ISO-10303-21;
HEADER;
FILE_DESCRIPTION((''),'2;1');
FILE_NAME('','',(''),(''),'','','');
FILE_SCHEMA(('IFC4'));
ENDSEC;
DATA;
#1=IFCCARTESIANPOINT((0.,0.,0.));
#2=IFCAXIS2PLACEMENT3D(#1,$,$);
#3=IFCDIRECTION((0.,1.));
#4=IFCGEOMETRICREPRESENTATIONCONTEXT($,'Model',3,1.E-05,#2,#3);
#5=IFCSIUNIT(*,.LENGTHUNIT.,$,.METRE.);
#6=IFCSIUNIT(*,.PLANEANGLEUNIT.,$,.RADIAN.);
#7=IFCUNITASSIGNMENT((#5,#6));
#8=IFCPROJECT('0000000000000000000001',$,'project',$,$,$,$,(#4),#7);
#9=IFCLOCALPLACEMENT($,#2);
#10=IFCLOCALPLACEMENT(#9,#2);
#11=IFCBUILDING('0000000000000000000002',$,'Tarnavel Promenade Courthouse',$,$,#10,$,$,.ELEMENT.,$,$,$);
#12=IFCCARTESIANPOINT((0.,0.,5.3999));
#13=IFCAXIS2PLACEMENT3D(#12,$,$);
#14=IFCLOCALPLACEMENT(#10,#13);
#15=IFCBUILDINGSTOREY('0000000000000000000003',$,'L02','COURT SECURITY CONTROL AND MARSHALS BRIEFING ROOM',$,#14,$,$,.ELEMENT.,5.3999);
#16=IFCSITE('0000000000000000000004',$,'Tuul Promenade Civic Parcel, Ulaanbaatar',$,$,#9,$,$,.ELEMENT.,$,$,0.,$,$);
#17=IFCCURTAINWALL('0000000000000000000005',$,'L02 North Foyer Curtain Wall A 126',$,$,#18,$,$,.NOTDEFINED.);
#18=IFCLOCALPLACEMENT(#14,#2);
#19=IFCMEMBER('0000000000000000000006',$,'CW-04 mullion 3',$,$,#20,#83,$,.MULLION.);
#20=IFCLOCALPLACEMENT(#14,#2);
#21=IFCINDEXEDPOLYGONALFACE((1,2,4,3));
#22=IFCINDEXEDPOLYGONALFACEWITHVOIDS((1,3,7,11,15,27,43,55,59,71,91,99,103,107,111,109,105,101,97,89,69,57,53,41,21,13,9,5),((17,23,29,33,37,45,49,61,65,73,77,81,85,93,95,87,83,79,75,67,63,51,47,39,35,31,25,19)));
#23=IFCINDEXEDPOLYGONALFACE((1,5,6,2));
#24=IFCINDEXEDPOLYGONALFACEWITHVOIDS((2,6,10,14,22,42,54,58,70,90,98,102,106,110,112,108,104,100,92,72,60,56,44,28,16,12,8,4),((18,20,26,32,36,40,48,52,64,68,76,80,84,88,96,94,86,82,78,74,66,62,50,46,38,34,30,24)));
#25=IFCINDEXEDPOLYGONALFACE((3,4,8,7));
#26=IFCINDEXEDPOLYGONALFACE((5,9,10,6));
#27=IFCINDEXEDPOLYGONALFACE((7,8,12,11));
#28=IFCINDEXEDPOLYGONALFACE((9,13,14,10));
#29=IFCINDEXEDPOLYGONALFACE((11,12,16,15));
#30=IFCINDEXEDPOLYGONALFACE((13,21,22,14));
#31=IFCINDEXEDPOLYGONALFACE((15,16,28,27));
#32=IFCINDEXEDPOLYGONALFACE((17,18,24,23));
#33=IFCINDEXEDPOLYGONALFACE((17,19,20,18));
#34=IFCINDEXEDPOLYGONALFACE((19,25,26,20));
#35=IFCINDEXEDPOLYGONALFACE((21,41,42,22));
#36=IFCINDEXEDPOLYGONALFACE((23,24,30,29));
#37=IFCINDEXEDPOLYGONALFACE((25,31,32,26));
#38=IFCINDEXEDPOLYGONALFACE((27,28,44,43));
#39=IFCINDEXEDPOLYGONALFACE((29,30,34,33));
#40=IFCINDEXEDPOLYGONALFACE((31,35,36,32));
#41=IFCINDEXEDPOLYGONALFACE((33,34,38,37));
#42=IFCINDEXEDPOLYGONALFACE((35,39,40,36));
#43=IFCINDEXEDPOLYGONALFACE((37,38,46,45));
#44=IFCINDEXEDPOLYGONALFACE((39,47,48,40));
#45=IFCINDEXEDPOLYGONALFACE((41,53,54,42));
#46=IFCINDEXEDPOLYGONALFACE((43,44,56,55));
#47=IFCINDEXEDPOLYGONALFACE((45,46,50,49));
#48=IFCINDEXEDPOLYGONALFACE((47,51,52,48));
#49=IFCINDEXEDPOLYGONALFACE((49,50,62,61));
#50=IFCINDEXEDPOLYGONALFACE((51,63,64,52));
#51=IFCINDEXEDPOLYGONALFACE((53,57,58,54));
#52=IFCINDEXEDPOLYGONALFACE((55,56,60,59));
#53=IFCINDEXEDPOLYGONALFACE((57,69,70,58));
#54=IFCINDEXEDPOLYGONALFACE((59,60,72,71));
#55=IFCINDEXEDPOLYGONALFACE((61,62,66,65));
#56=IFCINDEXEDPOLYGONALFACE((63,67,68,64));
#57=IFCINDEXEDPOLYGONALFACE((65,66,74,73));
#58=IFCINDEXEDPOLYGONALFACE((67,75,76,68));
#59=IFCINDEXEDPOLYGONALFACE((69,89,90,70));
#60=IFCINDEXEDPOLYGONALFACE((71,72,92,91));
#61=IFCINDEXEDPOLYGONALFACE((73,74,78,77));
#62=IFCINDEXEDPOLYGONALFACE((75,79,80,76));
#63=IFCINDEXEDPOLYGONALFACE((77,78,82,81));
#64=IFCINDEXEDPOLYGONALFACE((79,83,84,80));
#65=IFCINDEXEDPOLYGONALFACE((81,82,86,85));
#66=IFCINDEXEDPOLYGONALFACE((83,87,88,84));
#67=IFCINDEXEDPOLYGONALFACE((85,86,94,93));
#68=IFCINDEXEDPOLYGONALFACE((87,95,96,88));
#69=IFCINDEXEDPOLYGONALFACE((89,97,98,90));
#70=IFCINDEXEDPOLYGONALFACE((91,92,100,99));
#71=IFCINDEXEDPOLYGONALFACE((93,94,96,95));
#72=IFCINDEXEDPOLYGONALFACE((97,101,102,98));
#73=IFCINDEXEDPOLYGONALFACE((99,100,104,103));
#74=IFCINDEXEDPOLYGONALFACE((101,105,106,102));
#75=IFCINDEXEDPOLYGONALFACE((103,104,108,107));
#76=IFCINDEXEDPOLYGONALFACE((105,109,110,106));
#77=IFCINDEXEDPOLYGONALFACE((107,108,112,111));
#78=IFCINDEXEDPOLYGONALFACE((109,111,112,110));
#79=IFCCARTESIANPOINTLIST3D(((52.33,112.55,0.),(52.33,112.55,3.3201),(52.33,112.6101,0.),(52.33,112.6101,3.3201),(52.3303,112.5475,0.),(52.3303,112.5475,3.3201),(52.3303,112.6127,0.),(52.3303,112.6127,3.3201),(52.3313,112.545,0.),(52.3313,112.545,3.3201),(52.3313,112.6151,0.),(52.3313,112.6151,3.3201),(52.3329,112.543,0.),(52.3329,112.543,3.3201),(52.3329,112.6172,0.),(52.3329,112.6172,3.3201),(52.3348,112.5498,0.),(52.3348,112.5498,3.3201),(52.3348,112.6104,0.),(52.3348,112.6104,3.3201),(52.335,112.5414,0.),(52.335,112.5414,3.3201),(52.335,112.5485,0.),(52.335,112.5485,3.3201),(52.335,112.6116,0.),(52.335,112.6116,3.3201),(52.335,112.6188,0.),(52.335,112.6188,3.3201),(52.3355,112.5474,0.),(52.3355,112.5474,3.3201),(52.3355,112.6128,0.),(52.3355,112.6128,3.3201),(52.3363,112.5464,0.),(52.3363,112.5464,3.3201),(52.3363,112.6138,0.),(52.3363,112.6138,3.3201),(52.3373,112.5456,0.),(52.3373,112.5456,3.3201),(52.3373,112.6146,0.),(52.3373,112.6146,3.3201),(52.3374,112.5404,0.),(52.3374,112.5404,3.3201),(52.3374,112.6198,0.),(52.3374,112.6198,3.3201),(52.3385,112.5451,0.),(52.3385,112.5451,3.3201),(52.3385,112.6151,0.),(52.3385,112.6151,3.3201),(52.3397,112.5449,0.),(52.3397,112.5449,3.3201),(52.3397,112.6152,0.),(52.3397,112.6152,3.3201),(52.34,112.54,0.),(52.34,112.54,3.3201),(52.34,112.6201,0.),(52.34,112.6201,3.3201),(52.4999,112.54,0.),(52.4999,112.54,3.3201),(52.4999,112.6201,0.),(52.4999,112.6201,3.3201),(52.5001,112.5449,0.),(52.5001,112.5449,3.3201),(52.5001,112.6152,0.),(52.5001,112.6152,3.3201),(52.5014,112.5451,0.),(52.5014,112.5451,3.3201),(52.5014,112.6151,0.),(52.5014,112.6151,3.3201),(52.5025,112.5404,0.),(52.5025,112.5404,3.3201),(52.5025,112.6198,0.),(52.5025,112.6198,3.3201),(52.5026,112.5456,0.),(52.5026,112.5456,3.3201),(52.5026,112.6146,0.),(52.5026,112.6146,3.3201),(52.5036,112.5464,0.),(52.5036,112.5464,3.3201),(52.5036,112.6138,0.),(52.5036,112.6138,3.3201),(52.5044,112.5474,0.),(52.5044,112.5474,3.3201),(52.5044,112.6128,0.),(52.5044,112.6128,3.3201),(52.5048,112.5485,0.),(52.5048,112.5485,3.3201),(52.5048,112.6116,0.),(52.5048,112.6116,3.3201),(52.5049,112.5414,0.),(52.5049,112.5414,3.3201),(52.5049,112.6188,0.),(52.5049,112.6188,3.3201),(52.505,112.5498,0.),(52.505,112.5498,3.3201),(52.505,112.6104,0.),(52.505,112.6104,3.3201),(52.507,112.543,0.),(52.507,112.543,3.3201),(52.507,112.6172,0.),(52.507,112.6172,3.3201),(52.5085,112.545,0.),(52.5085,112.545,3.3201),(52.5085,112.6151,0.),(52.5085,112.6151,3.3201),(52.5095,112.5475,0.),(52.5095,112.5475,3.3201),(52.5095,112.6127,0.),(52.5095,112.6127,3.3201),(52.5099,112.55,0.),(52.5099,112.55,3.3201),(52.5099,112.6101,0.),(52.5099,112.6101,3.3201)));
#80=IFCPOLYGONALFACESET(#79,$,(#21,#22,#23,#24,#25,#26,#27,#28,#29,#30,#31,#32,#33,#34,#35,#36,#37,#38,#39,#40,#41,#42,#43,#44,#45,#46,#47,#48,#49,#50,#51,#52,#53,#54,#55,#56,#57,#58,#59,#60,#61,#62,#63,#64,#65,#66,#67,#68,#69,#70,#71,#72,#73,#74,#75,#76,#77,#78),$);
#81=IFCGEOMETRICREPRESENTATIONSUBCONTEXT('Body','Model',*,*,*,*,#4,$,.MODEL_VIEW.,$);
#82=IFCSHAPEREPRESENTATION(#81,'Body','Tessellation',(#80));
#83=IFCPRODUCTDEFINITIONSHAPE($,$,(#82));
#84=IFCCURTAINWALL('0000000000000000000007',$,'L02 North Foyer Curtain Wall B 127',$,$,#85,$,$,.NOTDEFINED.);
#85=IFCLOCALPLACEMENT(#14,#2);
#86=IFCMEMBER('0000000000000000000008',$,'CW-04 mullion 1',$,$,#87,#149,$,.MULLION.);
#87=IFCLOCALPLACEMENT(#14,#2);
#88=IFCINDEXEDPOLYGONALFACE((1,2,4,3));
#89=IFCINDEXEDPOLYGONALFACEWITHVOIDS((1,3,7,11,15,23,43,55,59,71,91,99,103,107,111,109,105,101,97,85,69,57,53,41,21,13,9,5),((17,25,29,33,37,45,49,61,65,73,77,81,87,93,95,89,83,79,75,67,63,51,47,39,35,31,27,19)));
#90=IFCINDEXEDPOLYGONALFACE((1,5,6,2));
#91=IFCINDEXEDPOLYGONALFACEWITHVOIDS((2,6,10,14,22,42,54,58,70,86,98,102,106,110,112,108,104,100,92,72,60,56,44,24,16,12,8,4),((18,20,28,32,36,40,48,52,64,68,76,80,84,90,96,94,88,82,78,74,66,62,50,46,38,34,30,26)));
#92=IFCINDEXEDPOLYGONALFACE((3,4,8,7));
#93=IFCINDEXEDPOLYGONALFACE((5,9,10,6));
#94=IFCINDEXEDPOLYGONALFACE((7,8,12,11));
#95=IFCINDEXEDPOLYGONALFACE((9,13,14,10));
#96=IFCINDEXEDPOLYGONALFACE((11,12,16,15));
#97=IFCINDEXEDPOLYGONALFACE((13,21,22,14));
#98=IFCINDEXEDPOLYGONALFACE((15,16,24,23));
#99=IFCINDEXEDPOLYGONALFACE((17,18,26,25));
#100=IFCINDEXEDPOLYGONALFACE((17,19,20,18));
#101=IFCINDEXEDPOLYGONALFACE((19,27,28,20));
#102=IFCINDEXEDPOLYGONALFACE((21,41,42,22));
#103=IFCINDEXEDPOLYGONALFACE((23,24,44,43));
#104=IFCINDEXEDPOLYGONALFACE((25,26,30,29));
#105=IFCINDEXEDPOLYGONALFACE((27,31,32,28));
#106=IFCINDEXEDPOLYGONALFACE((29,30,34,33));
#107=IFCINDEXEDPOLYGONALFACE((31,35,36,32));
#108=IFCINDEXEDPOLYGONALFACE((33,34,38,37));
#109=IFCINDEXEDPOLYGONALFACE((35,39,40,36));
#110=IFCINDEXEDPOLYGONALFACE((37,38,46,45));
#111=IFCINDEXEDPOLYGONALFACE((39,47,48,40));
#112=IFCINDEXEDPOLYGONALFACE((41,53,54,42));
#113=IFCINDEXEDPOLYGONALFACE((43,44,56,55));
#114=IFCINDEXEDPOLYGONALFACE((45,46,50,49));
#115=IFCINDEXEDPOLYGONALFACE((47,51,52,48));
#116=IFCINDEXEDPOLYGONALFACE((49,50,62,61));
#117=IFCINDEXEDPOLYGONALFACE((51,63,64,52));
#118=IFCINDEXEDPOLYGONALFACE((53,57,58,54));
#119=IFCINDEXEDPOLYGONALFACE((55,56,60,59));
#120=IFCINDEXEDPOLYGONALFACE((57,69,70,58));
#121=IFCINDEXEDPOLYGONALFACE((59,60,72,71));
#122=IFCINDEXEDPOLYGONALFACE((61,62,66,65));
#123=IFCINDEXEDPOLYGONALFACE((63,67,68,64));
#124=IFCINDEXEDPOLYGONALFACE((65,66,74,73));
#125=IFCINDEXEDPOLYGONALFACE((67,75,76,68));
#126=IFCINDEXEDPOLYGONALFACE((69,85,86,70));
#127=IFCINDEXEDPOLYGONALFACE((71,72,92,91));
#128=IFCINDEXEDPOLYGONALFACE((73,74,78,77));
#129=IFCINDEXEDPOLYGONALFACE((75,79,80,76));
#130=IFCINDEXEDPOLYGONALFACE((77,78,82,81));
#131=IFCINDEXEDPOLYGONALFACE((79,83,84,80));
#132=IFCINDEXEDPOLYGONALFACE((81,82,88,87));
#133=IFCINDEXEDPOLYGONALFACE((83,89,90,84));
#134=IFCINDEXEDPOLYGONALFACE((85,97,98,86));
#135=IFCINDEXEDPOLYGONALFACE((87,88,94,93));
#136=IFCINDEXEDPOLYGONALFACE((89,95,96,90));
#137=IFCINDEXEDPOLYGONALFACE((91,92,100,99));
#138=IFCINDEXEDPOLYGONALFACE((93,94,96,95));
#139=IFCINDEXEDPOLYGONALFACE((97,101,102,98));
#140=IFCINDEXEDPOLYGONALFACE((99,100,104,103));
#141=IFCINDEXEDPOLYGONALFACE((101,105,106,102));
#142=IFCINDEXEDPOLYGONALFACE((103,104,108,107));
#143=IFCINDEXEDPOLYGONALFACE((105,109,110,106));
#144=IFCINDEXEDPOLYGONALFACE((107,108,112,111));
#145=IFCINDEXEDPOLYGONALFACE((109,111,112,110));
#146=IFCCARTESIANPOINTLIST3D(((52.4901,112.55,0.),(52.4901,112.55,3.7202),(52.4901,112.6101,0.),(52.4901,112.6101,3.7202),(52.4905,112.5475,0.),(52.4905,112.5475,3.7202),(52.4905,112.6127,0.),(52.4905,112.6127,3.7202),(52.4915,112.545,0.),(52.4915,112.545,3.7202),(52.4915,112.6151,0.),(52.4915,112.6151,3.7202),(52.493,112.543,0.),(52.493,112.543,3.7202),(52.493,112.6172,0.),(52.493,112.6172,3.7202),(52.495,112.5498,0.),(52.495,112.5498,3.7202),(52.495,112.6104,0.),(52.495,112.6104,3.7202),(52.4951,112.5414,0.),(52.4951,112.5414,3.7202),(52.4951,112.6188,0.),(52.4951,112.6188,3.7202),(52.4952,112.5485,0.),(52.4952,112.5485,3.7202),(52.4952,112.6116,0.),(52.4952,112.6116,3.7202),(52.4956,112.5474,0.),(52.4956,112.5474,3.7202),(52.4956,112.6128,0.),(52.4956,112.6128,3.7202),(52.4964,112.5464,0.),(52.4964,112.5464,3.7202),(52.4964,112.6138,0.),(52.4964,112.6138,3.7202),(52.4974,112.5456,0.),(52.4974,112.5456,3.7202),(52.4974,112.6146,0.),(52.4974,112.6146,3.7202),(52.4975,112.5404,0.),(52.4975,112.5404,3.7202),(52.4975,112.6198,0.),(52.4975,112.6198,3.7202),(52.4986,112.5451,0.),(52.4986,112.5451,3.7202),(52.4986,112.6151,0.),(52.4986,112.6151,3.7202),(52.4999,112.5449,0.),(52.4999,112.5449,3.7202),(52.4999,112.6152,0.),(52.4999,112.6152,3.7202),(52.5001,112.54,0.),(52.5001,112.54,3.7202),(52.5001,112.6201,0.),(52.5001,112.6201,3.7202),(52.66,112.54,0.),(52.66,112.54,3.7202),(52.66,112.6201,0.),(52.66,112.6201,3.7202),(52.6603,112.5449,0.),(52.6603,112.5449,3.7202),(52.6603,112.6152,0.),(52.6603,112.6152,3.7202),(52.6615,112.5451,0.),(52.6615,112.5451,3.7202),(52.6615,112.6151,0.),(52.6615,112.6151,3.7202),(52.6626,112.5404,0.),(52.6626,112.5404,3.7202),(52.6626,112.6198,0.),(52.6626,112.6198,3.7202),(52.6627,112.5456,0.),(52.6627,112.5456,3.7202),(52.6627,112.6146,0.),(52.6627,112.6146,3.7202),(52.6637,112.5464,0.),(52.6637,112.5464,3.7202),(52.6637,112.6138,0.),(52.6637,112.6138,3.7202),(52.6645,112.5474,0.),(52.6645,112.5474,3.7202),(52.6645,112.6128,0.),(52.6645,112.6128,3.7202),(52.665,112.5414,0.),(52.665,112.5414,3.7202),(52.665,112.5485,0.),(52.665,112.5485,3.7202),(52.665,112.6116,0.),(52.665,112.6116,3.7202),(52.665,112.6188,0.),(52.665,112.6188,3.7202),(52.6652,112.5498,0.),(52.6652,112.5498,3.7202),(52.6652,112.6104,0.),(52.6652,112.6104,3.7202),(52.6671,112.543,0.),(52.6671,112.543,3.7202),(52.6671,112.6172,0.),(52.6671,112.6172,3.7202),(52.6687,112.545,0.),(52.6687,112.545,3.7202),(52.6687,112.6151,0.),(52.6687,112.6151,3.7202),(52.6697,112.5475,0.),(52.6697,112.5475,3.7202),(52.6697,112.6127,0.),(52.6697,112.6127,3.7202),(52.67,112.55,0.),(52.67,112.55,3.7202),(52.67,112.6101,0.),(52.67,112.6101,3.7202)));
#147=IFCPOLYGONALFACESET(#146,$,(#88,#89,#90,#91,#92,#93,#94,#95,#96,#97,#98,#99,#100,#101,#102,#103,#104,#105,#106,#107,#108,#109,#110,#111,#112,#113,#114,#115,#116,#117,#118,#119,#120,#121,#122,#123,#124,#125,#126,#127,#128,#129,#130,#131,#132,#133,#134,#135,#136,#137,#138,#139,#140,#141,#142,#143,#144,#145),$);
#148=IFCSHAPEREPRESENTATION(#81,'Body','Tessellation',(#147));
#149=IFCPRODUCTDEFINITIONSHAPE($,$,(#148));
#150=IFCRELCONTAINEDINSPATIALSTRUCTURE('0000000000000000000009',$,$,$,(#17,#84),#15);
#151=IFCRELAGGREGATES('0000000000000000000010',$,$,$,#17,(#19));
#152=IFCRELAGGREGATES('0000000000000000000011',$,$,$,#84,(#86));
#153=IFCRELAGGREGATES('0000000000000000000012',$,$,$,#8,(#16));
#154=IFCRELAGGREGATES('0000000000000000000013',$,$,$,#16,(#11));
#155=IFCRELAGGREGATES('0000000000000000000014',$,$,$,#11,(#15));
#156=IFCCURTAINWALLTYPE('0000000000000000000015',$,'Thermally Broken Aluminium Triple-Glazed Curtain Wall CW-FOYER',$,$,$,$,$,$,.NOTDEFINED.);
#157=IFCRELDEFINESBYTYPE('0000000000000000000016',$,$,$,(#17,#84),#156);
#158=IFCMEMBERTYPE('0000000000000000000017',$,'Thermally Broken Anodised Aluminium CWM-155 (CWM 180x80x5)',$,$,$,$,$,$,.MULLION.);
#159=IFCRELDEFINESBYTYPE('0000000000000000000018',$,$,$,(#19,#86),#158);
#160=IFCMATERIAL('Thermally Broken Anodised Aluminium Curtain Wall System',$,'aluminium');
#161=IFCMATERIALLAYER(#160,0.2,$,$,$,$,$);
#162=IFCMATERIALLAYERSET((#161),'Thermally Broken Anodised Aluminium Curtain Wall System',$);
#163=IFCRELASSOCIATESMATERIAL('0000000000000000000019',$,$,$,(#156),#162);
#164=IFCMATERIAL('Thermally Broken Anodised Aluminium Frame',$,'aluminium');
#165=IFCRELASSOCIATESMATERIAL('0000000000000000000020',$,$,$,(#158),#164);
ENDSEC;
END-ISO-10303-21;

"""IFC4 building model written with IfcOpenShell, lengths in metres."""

from ifc_helpers import new_model, si_unit, direction, frame, origin, origin_2d, place, context, subcontext, project, spatial, hollow_rectangle, extrude, material, layer, layer_set, material_profile, profile_set, type_object, element, aggregate, save


model = new_model("IFC4")

# Units and contexts
model_context = context("Model", 3, precision=1e-05, world=origin(), true_north=direction((0.0, 1.0)))
body_context = subcontext(model_context, "Body", "Model", "MODEL_VIEW")
ifc_project = project(units=[si_unit("LENGTHUNIT", "METRE"), si_unit("PLANEANGLEUNIT", "RADIAN")], contexts=[model_context])

# Site, building, storey
site_placement = place(None, origin())
site = spatial("IfcSite", under=ifc_project, at=site_placement, Name="Tuul Promenade Civic Parcel, Ulaanbaatar", CompositionType="ELEMENT", RefElevation=0.0)
building_placement = place(site_placement, origin())
building = spatial("IfcBuilding", under=site, at=building_placement, Name="Tarnavel Promenade Courthouse", CompositionType="ELEMENT")
storey_placement = place(building_placement, frame((0.0, 0.0, 5.3999)))
storey = spatial("IfcBuildingStorey", under=building, at=storey_placement, Name="L02", Description="COURT SECURITY CONTROL AND MARSHALS BRIEFING ROOM", CompositionType="ELEMENT", Elevation=5.3999)

# Curtain walls, members
ifc_material_1 = material(Name="Thermally Broken Anodised Aluminium Curtain Wall System", Category="aluminium")
ifc_layer_1 = layer(ifc_material_1, 0.2)
ifc_layer_set_1 = layer_set([ifc_layer_1], Name="Thermally Broken Anodised Aluminium Curtain Wall System")
curtain_wall_type = type_object("IfcCurtainWallType", Name="Thermally Broken Aluminium Triple-Glazed Curtain Wall CW-FOYER", PredefinedType="NOTDEFINED", material=ifc_layer_set_1)
curtain_wall_1_placement = place(storey_placement, origin())
curtain_wall_1 = element("IfcCurtainWall", 1, at=curtain_wall_1_placement, inside=storey, type_object=curtain_wall_type, Name="L02 North Foyer Curtain Wall A 126", PredefinedType="NOTDEFINED")
ifc_material_2 = material(Name="Thermally Broken Anodised Aluminium Frame", Category="aluminium")
ifc_material_profile_1 = material_profile(ifc_material_2, hollow_rectangle(XDim=0.0801, YDim=0.1799, WallThickness=0.0049, InnerFilletRadius=0.0049, OuterFilletRadius=0.01, at=origin_2d()), Name="CWM 180x80x5")
ifc_profile_set_1 = profile_set([ifc_material_profile_1], Name="Thermally Broken Anodised Aluminium Frame")
member_type_1 = type_object("IfcMemberType", Name="Thermally Broken Anodised Aluminium CWM-155 (CWM 180x80x5)", PredefinedType="MULLION", material=ifc_profile_set_1)
member_1_placement = place(storey_placement, frame((52.4199, 112.5801, 0.0), z_axis=(0.0, 0.0, 1.0), x_axis=(0.0, 1.0, 0.0)))
member_1 = element("IfcMember", 2, at=member_1_placement, type_object=member_type_1, Name="CW-04 mullion 3", PredefinedType="MULLION", context=body_context, shape_type="SweptSolid", body=[
    extrude(hollow_rectangle(XDim=0.0801, YDim=0.1799, WallThickness=0.0049, InnerFilletRadius=0.0049, OuterFilletRadius=0.01, at=origin_2d()), origin(), (0.0, 0.0, 1.0), 3.3201),
])
curtain_wall_2_placement = place(storey_placement, origin())
curtain_wall_2 = element("IfcCurtainWall", 3, at=curtain_wall_2_placement, inside=storey, type_object=curtain_wall_type, Name="L02 North Foyer Curtain Wall B 127", PredefinedType="NOTDEFINED")
member_2_placement = place(storey_placement, frame((52.5801, 112.5801, 0.0), z_axis=(0.0, 0.0, 1.0), x_axis=(0.0, 1.0, 0.0)))
member_2 = element("IfcMember", 4, at=member_2_placement, type_object=member_type_1, Name="CW-04 mullion 1", PredefinedType="MULLION", context=body_context, shape_type="SweptSolid", body=[
    extrude(hollow_rectangle(XDim=0.0801, YDim=0.1799, WallThickness=0.0049, InnerFilletRadius=0.0049, OuterFilletRadius=0.01, at=origin_2d()), origin(), (0.0, 0.0, 1.0), 3.7202),
])

aggregate(curtain_wall_1, [member_1])
aggregate(curtain_wall_2, [member_2])

save(model, "model.ifc")
